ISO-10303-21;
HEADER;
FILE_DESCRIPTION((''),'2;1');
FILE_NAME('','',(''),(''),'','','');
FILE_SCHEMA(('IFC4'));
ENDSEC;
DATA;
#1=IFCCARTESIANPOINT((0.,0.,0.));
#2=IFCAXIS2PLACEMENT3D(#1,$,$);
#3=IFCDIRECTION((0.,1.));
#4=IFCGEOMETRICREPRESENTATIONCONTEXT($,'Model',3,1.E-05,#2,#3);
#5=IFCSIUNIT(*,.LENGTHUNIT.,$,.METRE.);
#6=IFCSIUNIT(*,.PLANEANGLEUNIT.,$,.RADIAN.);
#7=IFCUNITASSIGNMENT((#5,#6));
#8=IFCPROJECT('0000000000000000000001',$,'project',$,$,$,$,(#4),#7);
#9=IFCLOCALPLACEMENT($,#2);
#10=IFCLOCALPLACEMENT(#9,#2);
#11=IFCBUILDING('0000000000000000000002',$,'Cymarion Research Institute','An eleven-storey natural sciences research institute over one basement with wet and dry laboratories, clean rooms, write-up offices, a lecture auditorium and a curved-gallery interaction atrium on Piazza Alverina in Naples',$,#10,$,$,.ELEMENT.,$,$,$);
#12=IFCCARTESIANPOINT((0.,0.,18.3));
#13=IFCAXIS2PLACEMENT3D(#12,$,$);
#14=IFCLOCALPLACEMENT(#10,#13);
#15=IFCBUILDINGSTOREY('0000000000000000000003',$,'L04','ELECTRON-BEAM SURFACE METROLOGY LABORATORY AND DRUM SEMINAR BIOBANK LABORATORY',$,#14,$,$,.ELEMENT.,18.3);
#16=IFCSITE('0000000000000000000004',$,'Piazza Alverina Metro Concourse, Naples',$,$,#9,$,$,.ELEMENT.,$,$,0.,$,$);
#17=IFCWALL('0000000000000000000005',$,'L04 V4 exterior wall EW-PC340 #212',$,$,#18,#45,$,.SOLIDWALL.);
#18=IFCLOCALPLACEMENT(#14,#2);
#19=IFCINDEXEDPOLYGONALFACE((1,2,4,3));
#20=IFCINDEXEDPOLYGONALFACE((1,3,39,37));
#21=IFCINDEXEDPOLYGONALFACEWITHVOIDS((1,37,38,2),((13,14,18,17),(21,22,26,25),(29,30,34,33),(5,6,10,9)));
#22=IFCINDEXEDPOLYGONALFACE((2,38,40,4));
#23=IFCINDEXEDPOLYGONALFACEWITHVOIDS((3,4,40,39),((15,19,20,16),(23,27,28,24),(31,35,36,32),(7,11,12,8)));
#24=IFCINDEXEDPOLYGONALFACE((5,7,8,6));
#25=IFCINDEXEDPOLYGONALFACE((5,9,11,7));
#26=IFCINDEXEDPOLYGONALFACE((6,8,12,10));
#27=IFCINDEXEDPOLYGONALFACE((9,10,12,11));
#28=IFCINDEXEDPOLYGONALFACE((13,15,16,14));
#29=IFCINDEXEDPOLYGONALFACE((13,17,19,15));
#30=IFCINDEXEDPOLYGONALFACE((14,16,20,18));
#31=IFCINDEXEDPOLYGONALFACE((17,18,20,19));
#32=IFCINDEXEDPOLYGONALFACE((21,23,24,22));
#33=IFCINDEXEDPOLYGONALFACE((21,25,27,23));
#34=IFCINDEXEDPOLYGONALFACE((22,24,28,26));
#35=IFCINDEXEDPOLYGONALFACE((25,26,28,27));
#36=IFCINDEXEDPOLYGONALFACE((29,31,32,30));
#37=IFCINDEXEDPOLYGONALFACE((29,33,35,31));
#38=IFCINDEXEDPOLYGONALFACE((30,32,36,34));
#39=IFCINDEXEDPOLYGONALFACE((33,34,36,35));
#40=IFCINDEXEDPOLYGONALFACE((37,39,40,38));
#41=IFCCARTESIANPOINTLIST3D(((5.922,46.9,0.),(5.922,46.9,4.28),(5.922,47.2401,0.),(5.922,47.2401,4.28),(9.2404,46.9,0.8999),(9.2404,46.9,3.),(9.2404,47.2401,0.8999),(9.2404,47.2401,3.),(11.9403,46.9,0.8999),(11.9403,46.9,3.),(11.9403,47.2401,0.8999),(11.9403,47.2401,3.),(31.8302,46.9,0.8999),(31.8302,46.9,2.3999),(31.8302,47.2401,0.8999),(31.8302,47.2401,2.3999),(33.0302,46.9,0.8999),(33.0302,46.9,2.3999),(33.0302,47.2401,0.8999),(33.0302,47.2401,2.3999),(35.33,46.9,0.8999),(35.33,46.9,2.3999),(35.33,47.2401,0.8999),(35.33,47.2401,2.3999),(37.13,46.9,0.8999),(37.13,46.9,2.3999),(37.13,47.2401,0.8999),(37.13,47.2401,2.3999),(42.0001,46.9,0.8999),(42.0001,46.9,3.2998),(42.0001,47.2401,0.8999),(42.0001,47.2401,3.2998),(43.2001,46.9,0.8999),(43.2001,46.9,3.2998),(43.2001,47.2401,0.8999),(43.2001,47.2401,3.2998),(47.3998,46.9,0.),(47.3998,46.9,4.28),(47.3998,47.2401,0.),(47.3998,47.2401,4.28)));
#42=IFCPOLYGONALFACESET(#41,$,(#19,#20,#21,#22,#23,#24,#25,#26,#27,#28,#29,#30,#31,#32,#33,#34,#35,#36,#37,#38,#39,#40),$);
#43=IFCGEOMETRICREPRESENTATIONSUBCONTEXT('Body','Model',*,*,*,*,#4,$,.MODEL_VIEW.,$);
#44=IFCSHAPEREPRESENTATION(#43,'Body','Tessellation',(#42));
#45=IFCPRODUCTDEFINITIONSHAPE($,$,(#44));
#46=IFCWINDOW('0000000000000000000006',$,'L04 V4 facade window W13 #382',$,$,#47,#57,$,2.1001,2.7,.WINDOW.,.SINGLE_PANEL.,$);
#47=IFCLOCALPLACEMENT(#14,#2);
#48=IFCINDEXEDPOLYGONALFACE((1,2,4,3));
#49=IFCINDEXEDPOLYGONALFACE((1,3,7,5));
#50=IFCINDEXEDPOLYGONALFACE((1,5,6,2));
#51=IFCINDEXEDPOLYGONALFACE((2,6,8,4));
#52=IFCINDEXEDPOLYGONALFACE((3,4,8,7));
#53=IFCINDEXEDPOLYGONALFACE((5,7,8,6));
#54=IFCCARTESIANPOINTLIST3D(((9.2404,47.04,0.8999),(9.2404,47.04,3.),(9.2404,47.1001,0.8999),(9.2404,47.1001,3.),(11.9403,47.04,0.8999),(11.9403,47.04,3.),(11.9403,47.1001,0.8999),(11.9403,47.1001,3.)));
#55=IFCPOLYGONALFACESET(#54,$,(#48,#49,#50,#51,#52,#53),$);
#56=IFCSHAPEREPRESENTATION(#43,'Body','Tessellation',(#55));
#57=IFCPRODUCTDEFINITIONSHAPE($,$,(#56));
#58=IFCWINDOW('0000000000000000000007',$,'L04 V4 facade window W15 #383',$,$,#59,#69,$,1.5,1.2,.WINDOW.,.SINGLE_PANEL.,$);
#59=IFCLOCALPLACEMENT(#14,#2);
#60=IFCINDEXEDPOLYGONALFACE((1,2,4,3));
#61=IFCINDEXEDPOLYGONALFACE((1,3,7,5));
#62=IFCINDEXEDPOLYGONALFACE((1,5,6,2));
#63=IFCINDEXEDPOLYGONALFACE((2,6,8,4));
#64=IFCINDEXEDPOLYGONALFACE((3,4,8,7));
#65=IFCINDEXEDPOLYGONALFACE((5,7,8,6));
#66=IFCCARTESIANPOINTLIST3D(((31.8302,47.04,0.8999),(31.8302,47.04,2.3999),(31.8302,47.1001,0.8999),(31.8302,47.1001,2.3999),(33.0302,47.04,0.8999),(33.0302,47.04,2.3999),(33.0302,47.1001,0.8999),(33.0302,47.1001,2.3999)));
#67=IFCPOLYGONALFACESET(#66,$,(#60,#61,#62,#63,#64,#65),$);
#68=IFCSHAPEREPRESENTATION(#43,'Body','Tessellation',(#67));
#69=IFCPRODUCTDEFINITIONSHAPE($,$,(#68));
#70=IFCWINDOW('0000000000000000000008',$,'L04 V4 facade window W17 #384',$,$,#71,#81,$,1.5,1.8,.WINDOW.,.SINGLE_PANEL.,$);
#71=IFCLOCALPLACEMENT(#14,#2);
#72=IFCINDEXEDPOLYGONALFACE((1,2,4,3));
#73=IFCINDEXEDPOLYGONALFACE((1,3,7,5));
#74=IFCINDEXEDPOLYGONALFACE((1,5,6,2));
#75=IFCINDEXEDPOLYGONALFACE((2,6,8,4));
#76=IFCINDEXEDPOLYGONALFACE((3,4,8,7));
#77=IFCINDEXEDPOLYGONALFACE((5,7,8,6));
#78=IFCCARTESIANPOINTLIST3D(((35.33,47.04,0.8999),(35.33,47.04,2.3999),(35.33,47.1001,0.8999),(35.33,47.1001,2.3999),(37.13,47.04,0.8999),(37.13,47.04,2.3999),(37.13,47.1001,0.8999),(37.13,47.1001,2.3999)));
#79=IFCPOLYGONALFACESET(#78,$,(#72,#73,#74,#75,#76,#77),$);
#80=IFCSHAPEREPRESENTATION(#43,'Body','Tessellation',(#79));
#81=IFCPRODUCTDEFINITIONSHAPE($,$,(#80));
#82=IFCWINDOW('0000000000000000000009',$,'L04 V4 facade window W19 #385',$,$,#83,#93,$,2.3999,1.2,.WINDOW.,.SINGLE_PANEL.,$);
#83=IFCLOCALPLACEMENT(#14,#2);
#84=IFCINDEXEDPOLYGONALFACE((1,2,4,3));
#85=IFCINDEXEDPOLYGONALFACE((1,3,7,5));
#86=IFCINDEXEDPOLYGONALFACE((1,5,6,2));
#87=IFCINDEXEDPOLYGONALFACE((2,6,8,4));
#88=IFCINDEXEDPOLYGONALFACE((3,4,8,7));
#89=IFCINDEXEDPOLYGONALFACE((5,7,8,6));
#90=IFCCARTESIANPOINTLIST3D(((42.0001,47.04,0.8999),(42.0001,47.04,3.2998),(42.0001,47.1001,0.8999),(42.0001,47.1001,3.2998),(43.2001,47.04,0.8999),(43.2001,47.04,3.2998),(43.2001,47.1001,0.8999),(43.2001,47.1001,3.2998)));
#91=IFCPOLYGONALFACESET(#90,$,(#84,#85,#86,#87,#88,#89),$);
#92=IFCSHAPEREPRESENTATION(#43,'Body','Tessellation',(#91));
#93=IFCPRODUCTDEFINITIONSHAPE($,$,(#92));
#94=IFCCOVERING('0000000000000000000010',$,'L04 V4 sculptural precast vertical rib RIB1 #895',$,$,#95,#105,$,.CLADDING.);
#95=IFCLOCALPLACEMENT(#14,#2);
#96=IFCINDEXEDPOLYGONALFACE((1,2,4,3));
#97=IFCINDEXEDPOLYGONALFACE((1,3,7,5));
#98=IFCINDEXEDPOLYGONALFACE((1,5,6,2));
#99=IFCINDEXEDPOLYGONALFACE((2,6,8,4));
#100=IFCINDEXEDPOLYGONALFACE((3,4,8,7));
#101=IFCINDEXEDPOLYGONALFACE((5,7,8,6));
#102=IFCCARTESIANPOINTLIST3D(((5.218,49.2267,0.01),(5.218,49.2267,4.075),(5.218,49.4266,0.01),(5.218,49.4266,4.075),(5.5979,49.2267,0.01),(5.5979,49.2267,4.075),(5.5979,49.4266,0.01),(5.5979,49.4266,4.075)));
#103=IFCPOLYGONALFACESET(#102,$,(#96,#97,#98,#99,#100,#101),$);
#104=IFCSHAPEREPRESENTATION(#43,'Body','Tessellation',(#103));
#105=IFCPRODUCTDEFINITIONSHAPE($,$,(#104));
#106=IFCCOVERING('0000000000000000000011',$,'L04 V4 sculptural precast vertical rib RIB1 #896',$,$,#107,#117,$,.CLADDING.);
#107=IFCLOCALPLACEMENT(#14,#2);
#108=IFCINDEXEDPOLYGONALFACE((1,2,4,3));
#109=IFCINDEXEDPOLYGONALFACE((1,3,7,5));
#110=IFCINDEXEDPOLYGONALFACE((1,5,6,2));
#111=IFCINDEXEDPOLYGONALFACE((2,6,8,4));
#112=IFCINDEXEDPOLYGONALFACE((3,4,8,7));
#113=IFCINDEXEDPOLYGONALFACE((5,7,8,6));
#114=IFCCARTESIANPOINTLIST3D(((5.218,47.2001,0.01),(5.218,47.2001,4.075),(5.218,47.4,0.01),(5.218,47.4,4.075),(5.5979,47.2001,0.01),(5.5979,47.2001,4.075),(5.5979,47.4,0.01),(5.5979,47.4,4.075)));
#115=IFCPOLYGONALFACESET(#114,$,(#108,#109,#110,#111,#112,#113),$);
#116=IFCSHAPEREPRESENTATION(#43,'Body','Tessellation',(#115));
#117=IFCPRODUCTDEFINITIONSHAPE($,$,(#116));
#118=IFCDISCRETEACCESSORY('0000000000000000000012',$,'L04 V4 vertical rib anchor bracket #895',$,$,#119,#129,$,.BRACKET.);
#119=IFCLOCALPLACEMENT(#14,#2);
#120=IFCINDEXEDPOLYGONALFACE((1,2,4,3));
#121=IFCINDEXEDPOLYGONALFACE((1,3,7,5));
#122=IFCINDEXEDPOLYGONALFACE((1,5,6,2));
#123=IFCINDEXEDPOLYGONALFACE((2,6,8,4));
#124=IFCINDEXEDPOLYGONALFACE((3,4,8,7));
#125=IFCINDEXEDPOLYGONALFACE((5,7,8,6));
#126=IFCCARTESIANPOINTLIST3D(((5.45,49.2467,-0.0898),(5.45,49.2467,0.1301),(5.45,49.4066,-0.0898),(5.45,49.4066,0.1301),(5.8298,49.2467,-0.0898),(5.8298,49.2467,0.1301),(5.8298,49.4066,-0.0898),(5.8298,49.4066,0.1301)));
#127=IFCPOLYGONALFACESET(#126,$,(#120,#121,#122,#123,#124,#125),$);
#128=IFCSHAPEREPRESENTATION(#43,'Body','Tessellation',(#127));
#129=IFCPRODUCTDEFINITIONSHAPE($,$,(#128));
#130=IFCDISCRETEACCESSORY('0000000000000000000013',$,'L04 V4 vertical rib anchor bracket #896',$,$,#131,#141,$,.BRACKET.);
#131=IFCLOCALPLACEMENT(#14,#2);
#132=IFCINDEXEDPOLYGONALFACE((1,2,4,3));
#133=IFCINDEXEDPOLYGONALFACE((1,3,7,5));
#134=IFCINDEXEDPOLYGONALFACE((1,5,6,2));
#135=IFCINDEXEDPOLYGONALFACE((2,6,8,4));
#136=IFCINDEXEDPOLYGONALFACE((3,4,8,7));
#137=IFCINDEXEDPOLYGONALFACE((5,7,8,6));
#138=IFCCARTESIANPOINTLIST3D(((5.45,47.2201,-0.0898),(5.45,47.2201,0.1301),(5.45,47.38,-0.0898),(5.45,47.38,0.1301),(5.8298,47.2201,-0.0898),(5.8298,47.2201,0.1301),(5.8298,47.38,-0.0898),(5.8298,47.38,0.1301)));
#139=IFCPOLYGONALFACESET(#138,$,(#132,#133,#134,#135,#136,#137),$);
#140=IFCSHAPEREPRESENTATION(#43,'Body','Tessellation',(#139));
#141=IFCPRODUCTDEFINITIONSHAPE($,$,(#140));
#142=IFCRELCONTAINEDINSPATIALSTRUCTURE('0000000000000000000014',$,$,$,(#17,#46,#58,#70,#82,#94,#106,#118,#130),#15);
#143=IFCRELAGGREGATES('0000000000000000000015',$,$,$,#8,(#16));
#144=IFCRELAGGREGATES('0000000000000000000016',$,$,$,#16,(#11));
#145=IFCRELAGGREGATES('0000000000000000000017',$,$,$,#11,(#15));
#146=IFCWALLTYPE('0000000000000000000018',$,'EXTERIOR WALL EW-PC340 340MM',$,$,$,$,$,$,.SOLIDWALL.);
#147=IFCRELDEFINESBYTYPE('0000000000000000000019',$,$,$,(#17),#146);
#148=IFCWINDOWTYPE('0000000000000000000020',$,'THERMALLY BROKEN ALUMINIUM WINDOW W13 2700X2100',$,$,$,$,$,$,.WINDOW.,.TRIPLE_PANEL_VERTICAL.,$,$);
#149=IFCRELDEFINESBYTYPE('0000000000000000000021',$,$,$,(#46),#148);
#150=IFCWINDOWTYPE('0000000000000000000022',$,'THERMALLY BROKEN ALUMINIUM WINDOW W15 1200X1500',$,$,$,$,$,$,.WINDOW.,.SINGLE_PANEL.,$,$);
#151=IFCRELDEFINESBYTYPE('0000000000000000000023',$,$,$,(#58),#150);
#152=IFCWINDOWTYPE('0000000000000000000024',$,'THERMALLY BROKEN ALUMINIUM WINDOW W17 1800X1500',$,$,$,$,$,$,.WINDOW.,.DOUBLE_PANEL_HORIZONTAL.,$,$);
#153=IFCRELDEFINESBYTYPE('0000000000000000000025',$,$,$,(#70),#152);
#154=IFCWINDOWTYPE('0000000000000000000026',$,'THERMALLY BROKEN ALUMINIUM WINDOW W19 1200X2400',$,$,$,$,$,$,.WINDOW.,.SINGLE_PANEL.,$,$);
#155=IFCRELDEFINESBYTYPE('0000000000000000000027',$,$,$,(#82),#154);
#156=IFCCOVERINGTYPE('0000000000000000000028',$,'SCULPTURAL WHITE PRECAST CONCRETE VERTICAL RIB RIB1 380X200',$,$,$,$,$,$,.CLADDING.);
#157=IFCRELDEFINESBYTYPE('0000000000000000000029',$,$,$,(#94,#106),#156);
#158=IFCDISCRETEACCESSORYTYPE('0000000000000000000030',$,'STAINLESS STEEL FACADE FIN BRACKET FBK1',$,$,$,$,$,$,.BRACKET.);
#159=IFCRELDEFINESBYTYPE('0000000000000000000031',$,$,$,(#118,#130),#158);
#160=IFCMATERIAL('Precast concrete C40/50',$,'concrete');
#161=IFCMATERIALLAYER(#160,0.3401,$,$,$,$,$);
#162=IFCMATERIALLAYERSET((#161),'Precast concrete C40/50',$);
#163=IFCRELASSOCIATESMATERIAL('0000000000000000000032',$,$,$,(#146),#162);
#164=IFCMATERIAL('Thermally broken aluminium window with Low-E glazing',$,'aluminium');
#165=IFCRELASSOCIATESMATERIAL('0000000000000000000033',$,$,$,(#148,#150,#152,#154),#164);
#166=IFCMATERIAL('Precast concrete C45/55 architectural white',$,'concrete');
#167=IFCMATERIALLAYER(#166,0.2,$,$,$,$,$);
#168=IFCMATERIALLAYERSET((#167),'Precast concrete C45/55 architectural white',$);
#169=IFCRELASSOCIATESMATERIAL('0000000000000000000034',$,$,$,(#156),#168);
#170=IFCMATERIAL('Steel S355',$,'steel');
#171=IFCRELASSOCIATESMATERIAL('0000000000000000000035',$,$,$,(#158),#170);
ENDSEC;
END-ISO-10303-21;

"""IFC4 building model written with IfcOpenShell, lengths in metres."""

from ifc_helpers import new_model, si_unit, direction, frame, frame_2d, origin, origin_2d, place, context, subcontext, project, spatial, rectangle, extrude, material, layer, layer_set, type_object, element, fill, save


model = new_model("IFC4")

# Units and contexts
model_context = context("Model", 3, precision=1e-05, world=origin(), true_north=direction((0.0, 1.0)))
body_context = subcontext(model_context, "Body", "Model", "MODEL_VIEW")
ifc_project = project(units=[si_unit("LENGTHUNIT", "METRE"), si_unit("PLANEANGLEUNIT", "RADIAN")], contexts=[model_context])

# Site, building, storey
site_placement = place(None, origin())
site = spatial("IfcSite", under=ifc_project, at=site_placement, Name="Piazza Alverina Metro Concourse, Naples", CompositionType="ELEMENT", RefElevation=0.0)
building_placement = place(site_placement, origin())
building = spatial("IfcBuilding", under=site, at=building_placement, Name="Cymarion Research Institute", Description="An eleven-storey natural sciences research institute over one basement with wet and dry laboratories, clean rooms, write-up offices, a lecture auditorium and a curved-gallery interaction atrium on Piazza Alverina in Naples", CompositionType="ELEMENT")
storey_placement = place(building_placement, frame((0.0, 0.0, 18.3)))
storey = spatial("IfcBuildingStorey", under=building, at=storey_placement, Name="L04", Description="ELECTRON-BEAM SURFACE METROLOGY LABORATORY AND DRUM SEMINAR BIOBANK LABORATORY", CompositionType="ELEMENT", Elevation=18.3)

# Wall, openings, windows
ifc_material_1 = material(Name="Precast concrete C40/50", Category="concrete")
ifc_layer_1 = layer(ifc_material_1, 0.3401)
ifc_layer_set_1 = layer_set([ifc_layer_1], Name="Precast concrete C40/50")
wall_type = type_object("IfcWallType", Name="EXTERIOR WALL EW-PC340 340MM", PredefinedType="SOLIDWALL", material=ifc_layer_set_1)
wall_placement = place(storey_placement, frame((5.9221, 47.0701, 0.0), z_axis=(0.0, 0.0, 1.0), x_axis=(1.0, 0.0, 0.0)))
wall = element("IfcWall", 1, at=wall_placement, inside=storey, type_object=wall_type, Name="L04 V4 exterior wall EW-PC340 #212", PredefinedType="SOLIDWALL", context=body_context, shape_type="SweptSolid", body=[
    extrude(rectangle(XDim=41.4778, YDim=0.3401, at=frame_2d((20.7388, 0.0))), origin(), (0.0, 0.0, 1.0), 4.28),
])
opening_1_placement = place(wall_placement, frame((3.3181, 0.0, 0.8999)))
opening_1 = element("IfcOpeningElement", 2, at=opening_1_placement, cuts=wall, PredefinedType="OPENING", context=body_context, shape_type="SweptSolid", body=[
    extrude(rectangle(XDim=2.7, YDim=2.1001, at=frame_2d((1.3501, 1.05))), frame((0.0, 0.1799, 0.0), z_axis=(0.0, -1.0, 0.0), x_axis=(1.0, 0.0, 0.0)), (0.0, 0.0, 1.0), 0.3601),
])
opening_2_placement = place(wall_placement, frame((25.908, 0.0, 0.8999)))
opening_2 = element("IfcOpeningElement", 3, at=opening_2_placement, cuts=wall, PredefinedType="OPENING", context=body_context, shape_type="SweptSolid", body=[
    extrude(rectangle(XDim=1.2, YDim=1.5, at=frame_2d((0.6001, 0.75))), frame((0.0, 0.1799, 0.0), z_axis=(0.0, -1.0, 0.0), x_axis=(1.0, 0.0, 0.0)), (0.0, 0.0, 1.0), 0.3601),
])
opening_3_placement = place(wall_placement, frame((29.408, 0.0, 0.8999)))
opening_3 = element("IfcOpeningElement", 4, at=opening_3_placement, cuts=wall, PredefinedType="OPENING", context=body_context, shape_type="SweptSolid", body=[
    extrude(rectangle(XDim=1.8, YDim=1.5, at=frame_2d((0.8999, 0.75))), frame((0.0, 0.1799, 0.0), z_axis=(0.0, -1.0, 0.0), x_axis=(1.0, 0.0, 0.0)), (0.0, 0.0, 1.0), 0.3601),
])
opening_4_placement = place(wall_placement, frame((36.0779, 0.0, 0.8999)))
opening_4 = element("IfcOpeningElement", 5, at=opening_4_placement, cuts=wall, PredefinedType="OPENING", context=body_context, shape_type="SweptSolid", body=[
    extrude(rectangle(XDim=1.2, YDim=2.3999, at=frame_2d((0.6001, 1.2))), frame((0.0, 0.1799, 0.0), z_axis=(0.0, -1.0, 0.0), x_axis=(1.0, 0.0, 0.0)), (0.0, 0.0, 1.0), 0.3601),
])
ifc_material_2 = material(Name="Thermally broken aluminium window with Low-E glazing", Category="aluminium")
window_type_1 = type_object("IfcWindowType", Name="THERMALLY BROKEN ALUMINIUM WINDOW W13 2700X2100", PartitioningType="TRIPLE_PANEL_VERTICAL", PredefinedType="WINDOW", material=ifc_material_2)
window_1_placement = place(opening_1_placement, origin())
window_1 = element("IfcWindow", 6, at=window_1_placement, inside=storey, type_object=window_type_1, Name="L04 V4 facade window W13 #382", OverallHeight=2.1001, OverallWidth=2.7, PartitioningType="SINGLE_PANEL", PredefinedType="WINDOW", context=body_context, shape_type="SweptSolid", body=[
    extrude(rectangle(XDim=2.7, YDim=2.1001, at=frame_2d((1.3501, 1.05))), frame((0.0, 0.03, 0.0), z_axis=(0.0, -1.0, 0.0), x_axis=(1.0, 0.0, 0.0)), (0.0, 0.0, 1.0), 0.0601),
])
fill(opening_1, window_1)
window_type_2 = type_object("IfcWindowType", Name="THERMALLY BROKEN ALUMINIUM WINDOW W15 1200X1500", PartitioningType="SINGLE_PANEL", PredefinedType="WINDOW", material=ifc_material_2)
window_2_placement = place(opening_2_placement, origin())
window_2 = element("IfcWindow", 7, at=window_2_placement, inside=storey, type_object=window_type_2, Name="L04 V4 facade window W15 #383", OverallHeight=1.5, OverallWidth=1.2, PartitioningType="SINGLE_PANEL", PredefinedType="WINDOW", context=body_context, shape_type="SweptSolid", body=[
    extrude(rectangle(XDim=1.2, YDim=1.5, at=frame_2d((0.6001, 0.75))), frame((0.0, 0.03, 0.0), z_axis=(0.0, -1.0, 0.0), x_axis=(1.0, 0.0, 0.0)), (0.0, 0.0, 1.0), 0.0601),
])
fill(opening_2, window_2)
window_type_3 = type_object("IfcWindowType", Name="THERMALLY BROKEN ALUMINIUM WINDOW W17 1800X1500", PartitioningType="DOUBLE_PANEL_HORIZONTAL", PredefinedType="WINDOW", material=ifc_material_2)
window_3_placement = place(opening_3_placement, origin())
window_3 = element("IfcWindow", 8, at=window_3_placement, inside=storey, type_object=window_type_3, Name="L04 V4 facade window W17 #384", OverallHeight=1.5, OverallWidth=1.8, PartitioningType="SINGLE_PANEL", PredefinedType="WINDOW", context=body_context, shape_type="SweptSolid", body=[
    extrude(rectangle(XDim=1.8, YDim=1.5, at=frame_2d((0.8999, 0.75))), frame((0.0, 0.03, 0.0), z_axis=(0.0, -1.0, 0.0), x_axis=(1.0, 0.0, 0.0)), (0.0, 0.0, 1.0), 0.0601),
])
fill(opening_3, window_3)
window_type_4 = type_object("IfcWindowType", Name="THERMALLY BROKEN ALUMINIUM WINDOW W19 1200X2400", PartitioningType="SINGLE_PANEL", PredefinedType="WINDOW", material=ifc_material_2)
window_4_placement = place(opening_4_placement, origin())
window_4 = element("IfcWindow", 9, at=window_4_placement, inside=storey, type_object=window_type_4, Name="L04 V4 facade window W19 #385", OverallHeight=2.3999, OverallWidth=1.2, PartitioningType="SINGLE_PANEL", PredefinedType="WINDOW", context=body_context, shape_type="SweptSolid", body=[
    extrude(rectangle(XDim=1.2, YDim=2.3999, at=frame_2d((0.6001, 1.2))), frame((0.0, 0.03, 0.0), z_axis=(0.0, -1.0, 0.0), x_axis=(1.0, 0.0, 0.0)), (0.0, 0.0, 1.0), 0.0601),
])
fill(opening_4, window_4)

# Coverings
ifc_material_3 = material(Name="Precast concrete C45/55 architectural white", Category="concrete")
ifc_layer_2 = layer(ifc_material_3, 0.2)
ifc_layer_set_2 = layer_set([ifc_layer_2], Name="Precast concrete C45/55 architectural white")
covering_type = type_object("IfcCoveringType", Name="SCULPTURAL WHITE PRECAST CONCRETE VERTICAL RIB RIB1 380X200", PredefinedType="CLADDING", material=ifc_layer_set_2)
for number, where, z_axis, x_axis, name in (
    (10, (5.408, 49.3267, 0.01), (0.0, 0.0, 1.0), (-1.0, 0.0, 0.0), "L04 V4 sculptural precast vertical rib RIB1 #895"),
    (11, (5.408, 47.3, 0.01), (0.0, 0.0, 1.0), (-1.0, 0.0, 0.0), "L04 V4 sculptural precast vertical rib RIB1 #896"),
):
    element("IfcCovering", number, at=place(storey_placement, frame(where, z_axis=z_axis, x_axis=x_axis)), inside=storey, type_object=covering_type, Name=name, PredefinedType="CLADDING", context=body_context, shape_type="SweptSolid", body=[
        extrude(rectangle(XDim=0.3799, YDim=0.2, at=origin_2d()), origin(), (0.0, 0.0, 1.0), 4.0649),
    ])

# Discrete accessories
ifc_material_4 = material(Name="Steel S355", Category="steel")
discrete_accessory_type = type_object("IfcDiscreteAccessoryType", Name="STAINLESS STEEL FACADE FIN BRACKET FBK1", PredefinedType="BRACKET", material=ifc_material_4)
for number, where, z_axis, x_axis, name in (
    (12, (5.6399, 49.3267, -0.0898), (0.0, 0.0, 1.0), (-1.0, 0.0, 0.0), "L04 V4 vertical rib anchor bracket #895"),
    (13, (5.6399, 47.3, -0.0898), (0.0, 0.0, 1.0), (-1.0, 0.0, 0.0), "L04 V4 vertical rib anchor bracket #896"),
):
    element("IfcDiscreteAccessory", number, at=place(storey_placement, frame(where, z_axis=z_axis, x_axis=x_axis)), inside=storey, type_object=discrete_accessory_type, Name=name, PredefinedType="BRACKET", context=body_context, shape_type="SweptSolid", body=[
        extrude(rectangle(XDim=0.3799, YDim=0.1599, at=origin_2d()), origin(), (0.0, 0.0, 1.0), 0.22),
    ])

save(model, "model.ifc")
